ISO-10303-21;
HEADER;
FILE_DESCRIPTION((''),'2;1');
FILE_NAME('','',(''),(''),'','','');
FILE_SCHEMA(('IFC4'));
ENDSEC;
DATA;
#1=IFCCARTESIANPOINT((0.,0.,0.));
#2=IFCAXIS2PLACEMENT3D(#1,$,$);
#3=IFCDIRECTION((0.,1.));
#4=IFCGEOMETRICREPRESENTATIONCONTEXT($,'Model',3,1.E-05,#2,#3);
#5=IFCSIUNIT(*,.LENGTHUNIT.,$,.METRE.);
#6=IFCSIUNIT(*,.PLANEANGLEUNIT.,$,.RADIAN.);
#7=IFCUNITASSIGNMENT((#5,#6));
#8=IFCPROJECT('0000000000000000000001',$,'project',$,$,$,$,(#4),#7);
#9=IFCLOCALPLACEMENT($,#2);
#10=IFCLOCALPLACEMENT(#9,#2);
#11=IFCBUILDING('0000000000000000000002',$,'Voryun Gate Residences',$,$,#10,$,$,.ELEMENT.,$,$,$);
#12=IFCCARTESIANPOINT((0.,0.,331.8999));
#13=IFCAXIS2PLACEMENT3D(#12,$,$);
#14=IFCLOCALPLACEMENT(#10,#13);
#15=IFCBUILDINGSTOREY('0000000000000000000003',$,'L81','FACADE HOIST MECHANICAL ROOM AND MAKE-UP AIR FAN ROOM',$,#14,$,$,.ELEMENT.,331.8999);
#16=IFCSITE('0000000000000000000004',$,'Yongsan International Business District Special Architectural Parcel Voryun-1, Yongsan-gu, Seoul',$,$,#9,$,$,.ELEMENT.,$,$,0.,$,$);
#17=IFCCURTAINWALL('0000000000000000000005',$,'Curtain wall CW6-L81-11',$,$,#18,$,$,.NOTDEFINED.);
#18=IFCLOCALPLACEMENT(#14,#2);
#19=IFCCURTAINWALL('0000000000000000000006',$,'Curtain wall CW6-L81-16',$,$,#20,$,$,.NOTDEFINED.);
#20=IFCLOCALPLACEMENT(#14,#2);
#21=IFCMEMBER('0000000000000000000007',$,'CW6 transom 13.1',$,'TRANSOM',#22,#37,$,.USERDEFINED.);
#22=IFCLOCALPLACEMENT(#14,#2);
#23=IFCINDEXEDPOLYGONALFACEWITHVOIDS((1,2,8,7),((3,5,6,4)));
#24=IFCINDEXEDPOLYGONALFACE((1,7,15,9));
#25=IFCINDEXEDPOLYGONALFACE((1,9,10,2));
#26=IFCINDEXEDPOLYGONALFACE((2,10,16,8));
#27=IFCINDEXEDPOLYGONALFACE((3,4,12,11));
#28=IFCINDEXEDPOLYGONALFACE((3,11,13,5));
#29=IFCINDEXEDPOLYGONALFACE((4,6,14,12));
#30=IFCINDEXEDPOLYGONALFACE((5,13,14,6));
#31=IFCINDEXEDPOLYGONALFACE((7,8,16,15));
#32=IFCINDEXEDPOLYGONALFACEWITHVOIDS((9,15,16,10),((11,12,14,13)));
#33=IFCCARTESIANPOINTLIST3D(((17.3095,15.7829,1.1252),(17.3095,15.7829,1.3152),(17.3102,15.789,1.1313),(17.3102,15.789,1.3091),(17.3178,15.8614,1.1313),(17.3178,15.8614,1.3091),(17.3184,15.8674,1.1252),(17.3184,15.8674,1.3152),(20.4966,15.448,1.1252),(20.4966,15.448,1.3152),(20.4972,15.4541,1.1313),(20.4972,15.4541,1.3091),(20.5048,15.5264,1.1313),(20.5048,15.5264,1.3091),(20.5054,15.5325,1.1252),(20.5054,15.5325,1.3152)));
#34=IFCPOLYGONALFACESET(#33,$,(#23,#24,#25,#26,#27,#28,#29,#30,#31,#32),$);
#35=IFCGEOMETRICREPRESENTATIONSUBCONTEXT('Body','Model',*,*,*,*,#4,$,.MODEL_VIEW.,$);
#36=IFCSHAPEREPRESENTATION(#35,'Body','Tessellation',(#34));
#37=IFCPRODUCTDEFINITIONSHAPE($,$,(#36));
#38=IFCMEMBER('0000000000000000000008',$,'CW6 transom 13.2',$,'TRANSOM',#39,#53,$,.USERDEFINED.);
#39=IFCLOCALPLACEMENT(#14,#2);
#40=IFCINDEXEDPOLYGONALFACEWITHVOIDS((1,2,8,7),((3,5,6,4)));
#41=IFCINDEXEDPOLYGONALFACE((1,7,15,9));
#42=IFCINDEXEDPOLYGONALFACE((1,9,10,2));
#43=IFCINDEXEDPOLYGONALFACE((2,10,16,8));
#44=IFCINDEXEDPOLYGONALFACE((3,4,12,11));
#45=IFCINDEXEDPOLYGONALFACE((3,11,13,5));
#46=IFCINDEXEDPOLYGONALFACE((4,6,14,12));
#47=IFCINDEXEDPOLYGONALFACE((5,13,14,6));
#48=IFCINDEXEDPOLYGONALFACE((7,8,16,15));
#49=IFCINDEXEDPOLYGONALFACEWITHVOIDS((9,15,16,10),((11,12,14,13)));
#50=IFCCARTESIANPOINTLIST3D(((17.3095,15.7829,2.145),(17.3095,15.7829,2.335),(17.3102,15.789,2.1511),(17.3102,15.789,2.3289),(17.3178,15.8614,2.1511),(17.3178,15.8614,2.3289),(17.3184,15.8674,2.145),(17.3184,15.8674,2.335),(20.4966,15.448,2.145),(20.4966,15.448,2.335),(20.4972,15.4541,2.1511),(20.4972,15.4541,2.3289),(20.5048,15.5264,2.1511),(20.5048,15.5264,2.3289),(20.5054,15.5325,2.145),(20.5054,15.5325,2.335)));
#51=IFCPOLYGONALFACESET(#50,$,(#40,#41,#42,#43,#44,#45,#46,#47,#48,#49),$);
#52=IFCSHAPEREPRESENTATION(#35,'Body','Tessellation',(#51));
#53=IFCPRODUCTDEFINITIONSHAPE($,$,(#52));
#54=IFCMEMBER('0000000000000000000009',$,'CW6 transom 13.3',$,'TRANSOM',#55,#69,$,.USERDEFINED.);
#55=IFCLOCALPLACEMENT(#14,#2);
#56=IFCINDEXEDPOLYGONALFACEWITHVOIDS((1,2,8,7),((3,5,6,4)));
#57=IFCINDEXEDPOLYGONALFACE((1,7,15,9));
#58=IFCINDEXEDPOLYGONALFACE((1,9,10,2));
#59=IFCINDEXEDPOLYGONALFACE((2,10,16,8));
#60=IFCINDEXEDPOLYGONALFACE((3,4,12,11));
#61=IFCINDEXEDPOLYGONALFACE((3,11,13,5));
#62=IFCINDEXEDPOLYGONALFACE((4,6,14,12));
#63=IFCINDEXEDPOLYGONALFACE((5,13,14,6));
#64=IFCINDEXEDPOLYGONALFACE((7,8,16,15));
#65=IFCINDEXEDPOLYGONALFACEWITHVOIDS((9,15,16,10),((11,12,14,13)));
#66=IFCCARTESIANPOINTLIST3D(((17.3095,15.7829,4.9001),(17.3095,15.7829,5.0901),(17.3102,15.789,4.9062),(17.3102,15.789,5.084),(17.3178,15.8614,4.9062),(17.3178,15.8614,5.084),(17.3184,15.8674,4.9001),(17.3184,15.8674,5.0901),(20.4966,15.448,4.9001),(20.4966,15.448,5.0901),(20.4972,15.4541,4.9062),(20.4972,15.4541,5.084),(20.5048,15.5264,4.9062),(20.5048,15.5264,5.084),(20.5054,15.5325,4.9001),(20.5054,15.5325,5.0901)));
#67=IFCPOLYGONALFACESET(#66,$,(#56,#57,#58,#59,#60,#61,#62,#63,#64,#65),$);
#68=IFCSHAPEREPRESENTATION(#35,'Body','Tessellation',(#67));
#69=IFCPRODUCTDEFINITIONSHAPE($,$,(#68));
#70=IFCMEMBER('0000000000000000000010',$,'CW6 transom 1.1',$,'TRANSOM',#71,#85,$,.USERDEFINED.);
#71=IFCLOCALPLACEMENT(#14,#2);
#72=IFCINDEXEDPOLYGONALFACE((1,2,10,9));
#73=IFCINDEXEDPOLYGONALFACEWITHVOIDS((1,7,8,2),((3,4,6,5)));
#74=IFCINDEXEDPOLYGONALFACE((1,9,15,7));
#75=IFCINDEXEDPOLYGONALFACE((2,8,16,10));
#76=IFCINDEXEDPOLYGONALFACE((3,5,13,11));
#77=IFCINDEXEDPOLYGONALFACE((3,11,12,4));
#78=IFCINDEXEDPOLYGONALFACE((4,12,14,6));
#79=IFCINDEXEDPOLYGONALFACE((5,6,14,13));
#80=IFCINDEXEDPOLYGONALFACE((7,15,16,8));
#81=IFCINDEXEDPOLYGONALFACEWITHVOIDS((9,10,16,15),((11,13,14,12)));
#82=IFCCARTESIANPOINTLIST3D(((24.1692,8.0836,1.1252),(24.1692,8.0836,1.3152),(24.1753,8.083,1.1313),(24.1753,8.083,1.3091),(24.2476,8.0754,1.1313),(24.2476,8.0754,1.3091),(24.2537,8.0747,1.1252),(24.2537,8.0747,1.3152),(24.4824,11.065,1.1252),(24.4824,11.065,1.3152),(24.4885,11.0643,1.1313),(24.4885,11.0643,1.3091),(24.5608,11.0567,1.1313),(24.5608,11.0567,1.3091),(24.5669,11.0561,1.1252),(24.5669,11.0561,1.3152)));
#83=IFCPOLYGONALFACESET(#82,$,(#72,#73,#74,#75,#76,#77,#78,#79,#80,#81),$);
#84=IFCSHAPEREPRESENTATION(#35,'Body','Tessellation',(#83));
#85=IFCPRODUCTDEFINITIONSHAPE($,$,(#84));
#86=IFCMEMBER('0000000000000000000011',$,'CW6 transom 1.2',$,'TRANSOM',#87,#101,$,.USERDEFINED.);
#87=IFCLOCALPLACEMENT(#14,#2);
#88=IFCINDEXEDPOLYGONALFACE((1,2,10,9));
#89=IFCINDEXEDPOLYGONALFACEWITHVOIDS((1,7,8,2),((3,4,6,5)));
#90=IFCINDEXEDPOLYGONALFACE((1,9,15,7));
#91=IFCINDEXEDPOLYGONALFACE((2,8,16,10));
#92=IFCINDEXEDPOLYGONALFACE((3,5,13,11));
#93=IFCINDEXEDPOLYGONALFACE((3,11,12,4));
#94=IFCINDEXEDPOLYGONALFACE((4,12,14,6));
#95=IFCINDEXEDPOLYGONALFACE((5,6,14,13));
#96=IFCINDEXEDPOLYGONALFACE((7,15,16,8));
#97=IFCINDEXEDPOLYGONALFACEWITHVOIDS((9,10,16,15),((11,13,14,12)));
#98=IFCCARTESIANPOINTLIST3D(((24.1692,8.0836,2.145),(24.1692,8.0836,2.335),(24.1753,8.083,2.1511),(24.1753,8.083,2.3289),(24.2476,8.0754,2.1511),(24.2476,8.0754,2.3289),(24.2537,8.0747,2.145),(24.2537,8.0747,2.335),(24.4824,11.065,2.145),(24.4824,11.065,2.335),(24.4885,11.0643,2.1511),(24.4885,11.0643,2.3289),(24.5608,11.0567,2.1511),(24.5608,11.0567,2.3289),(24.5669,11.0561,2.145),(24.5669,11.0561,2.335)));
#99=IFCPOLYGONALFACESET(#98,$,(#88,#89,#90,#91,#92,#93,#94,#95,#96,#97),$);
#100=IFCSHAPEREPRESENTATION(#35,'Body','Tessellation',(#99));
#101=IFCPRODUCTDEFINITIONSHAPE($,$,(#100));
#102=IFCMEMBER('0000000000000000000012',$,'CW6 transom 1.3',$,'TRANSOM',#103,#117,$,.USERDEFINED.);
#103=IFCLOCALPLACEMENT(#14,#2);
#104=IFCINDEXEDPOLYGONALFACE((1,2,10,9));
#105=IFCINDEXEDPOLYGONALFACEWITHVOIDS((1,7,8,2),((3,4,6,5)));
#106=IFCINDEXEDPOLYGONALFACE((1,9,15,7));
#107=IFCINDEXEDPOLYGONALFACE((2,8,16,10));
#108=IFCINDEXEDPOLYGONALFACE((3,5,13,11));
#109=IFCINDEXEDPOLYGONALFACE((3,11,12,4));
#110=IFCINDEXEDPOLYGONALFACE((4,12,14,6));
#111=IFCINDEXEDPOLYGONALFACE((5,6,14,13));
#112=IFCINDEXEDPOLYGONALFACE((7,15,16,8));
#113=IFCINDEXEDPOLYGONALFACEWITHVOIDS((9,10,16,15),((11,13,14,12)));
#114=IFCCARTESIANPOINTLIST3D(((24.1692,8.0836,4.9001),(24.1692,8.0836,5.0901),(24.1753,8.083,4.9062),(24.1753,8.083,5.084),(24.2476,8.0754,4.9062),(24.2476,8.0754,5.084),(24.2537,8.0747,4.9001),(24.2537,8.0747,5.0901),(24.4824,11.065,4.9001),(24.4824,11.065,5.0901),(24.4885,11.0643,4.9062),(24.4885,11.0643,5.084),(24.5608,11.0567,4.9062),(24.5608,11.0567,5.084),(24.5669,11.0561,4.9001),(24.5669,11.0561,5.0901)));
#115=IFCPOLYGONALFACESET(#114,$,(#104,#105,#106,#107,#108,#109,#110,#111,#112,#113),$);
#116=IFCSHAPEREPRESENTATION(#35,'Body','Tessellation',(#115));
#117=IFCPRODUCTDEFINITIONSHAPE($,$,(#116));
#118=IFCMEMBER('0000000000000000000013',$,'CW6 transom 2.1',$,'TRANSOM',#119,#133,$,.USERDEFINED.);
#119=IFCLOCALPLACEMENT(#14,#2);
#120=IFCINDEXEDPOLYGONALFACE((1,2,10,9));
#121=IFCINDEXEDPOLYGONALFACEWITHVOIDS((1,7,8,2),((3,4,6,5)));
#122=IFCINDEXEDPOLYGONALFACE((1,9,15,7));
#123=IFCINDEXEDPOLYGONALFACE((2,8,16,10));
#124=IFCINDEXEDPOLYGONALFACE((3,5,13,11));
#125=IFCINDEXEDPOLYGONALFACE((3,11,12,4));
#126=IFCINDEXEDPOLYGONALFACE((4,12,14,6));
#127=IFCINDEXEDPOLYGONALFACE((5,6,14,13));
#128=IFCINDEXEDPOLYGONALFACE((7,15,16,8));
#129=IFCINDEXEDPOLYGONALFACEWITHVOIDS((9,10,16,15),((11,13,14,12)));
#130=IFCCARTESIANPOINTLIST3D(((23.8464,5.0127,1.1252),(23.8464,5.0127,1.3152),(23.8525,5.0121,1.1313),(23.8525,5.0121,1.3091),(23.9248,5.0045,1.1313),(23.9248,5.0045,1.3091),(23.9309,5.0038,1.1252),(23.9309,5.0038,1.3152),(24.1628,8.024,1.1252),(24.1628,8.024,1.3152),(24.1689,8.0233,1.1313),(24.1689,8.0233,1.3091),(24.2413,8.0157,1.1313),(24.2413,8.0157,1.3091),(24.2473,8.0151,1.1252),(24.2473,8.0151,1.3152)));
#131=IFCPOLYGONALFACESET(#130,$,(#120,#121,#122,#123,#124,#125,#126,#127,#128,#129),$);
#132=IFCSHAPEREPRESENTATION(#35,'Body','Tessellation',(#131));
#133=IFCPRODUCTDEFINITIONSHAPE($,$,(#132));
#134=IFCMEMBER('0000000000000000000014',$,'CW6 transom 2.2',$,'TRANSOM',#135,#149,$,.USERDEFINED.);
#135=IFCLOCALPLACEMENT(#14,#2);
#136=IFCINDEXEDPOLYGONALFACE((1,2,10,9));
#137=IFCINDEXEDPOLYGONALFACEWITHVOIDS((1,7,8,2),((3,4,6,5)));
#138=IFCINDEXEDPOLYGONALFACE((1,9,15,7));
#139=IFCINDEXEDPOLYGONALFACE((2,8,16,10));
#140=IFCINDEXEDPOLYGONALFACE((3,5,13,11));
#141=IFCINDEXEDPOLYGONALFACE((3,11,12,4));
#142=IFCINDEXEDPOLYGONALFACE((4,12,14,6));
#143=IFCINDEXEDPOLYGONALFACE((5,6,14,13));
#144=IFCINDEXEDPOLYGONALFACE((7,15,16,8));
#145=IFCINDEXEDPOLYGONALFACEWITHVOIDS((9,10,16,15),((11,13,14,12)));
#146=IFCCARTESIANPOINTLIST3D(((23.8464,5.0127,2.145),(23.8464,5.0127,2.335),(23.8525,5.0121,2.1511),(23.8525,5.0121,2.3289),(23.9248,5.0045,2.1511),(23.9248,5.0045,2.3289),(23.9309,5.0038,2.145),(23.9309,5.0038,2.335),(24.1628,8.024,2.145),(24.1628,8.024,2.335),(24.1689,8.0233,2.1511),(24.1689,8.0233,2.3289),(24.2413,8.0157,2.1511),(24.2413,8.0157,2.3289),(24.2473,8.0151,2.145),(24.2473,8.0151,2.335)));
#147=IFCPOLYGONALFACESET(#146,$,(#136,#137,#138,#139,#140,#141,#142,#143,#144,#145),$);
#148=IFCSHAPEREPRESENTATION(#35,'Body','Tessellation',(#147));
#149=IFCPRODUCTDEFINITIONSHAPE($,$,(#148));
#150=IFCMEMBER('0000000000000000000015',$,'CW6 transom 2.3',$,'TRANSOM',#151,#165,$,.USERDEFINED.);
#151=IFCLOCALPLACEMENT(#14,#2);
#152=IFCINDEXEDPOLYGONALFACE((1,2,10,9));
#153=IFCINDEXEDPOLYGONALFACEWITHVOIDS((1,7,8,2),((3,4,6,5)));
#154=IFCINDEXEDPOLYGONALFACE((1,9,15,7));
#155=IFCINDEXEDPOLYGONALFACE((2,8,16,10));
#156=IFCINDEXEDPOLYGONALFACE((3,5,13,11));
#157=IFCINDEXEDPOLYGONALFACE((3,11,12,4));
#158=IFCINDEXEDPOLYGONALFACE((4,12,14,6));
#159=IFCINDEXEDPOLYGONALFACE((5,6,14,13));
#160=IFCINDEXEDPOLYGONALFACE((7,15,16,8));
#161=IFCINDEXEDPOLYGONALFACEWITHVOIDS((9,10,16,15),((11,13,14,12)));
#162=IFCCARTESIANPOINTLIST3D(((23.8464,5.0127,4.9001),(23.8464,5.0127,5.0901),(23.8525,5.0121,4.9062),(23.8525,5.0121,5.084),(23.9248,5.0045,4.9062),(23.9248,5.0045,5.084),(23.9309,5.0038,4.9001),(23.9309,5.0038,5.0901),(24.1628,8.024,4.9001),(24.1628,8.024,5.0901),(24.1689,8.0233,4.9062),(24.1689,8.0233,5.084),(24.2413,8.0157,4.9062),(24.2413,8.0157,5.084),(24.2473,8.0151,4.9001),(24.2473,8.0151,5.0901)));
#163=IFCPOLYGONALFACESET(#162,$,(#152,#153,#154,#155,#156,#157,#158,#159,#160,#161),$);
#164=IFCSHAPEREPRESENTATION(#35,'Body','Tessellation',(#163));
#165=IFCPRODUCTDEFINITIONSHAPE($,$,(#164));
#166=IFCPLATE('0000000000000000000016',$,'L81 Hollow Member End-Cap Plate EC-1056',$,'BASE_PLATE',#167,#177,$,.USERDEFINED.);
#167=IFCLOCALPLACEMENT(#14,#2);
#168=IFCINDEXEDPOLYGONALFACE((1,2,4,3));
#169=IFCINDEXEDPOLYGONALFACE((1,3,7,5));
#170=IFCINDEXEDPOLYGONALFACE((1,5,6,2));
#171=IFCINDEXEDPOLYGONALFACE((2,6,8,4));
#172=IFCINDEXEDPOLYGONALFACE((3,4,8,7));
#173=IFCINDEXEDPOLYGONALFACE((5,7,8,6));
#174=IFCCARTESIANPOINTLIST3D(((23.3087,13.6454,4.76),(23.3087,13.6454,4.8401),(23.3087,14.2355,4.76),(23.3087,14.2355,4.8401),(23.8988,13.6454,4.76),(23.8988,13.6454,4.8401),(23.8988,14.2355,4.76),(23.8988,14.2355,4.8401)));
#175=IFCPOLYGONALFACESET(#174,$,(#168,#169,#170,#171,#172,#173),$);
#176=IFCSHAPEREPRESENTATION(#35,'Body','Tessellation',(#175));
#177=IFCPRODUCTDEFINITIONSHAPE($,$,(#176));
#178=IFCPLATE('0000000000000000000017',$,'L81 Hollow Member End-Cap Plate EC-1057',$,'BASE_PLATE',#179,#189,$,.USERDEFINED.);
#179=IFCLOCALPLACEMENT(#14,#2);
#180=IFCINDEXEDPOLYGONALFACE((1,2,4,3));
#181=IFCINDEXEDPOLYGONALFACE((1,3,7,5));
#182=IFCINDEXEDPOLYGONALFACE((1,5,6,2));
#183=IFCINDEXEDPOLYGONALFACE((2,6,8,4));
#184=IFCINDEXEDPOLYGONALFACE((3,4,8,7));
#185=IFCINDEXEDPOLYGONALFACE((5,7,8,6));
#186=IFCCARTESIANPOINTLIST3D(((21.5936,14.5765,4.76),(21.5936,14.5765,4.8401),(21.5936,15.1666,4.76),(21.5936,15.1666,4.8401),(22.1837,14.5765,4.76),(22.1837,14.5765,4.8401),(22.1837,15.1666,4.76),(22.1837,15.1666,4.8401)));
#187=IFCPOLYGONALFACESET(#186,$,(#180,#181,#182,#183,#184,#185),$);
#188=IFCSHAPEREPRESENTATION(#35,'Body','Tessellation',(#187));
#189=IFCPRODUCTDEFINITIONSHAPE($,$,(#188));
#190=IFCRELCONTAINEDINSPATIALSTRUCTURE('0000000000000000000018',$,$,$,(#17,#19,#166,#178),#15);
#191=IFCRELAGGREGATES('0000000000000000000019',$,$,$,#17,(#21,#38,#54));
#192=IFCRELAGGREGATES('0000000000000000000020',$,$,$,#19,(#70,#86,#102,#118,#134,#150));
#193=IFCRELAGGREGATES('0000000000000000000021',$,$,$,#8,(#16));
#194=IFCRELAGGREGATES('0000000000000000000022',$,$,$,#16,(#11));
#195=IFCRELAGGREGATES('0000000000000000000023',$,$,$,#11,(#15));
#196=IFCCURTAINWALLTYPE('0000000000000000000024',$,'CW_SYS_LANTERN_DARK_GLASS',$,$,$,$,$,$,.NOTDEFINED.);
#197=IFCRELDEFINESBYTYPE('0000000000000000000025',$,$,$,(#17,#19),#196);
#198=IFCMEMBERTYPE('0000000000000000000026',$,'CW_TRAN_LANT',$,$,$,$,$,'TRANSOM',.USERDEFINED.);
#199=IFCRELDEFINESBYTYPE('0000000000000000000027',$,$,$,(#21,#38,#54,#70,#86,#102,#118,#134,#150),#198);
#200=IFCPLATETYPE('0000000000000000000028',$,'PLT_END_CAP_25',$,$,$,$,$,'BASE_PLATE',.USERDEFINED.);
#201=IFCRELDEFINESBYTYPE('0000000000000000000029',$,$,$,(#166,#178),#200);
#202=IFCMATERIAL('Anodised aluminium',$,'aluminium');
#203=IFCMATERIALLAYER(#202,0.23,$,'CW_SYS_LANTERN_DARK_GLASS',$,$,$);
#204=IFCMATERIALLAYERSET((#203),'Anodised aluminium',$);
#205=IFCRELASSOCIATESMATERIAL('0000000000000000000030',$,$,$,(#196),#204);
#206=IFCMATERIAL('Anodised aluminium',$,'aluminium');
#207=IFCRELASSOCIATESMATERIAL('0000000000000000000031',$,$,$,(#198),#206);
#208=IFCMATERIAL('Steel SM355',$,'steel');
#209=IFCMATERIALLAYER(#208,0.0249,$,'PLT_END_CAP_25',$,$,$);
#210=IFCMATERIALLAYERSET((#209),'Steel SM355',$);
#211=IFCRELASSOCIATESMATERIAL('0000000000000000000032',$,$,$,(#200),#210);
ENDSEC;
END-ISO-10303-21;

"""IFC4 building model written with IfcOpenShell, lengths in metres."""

from ifc_helpers import new_model, si_unit, direction, frame, origin, origin_2d, place, context, subcontext, project, spatial, rectangle, hollow_rectangle, extrude, material, layer, layer_set, material_profile, profile_set, type_object, element, aggregate, save


model = new_model("IFC4")

# Units and contexts
model_context = context("Model", 3, precision=1e-05, world=origin(), true_north=direction((0.0, 1.0)))
body_context = subcontext(model_context, "Body", "Model", "MODEL_VIEW")
ifc_project = project(units=[si_unit("LENGTHUNIT", "METRE"), si_unit("PLANEANGLEUNIT", "RADIAN")], contexts=[model_context])

# Site, building, storey
site_placement = place(None, origin())
site = spatial("IfcSite", under=ifc_project, at=site_placement, Name="Yongsan International Business District Special Architectural Parcel Voryun-1, Yongsan-gu, Seoul", CompositionType="ELEMENT", RefElevation=0.0)
building_placement = place(site_placement, origin())
building = spatial("IfcBuilding", under=site, at=building_placement, Name="Voryun Gate Residences", CompositionType="ELEMENT")
storey_placement = place(building_placement, frame((0.0, 0.0, 331.8999)))
storey = spatial("IfcBuildingStorey", under=building, at=storey_placement, Name="L81", Description="FACADE HOIST MECHANICAL ROOM AND MAKE-UP AIR FAN ROOM", CompositionType="ELEMENT", Elevation=331.8999)

# Curtain walls
ifc_material_1 = material(Name="Anodised aluminium", Category="aluminium")
ifc_layer_1 = layer(ifc_material_1, 0.23, Name="CW_SYS_LANTERN_DARK_GLASS")
ifc_layer_set_1 = layer_set([ifc_layer_1], Name="Anodised aluminium")
curtain_wall_type = type_object("IfcCurtainWallType", Name="CW_SYS_LANTERN_DARK_GLASS", PredefinedType="NOTDEFINED", material=ifc_layer_set_1)
curtain_wall_1_placement = place(storey_placement, origin())
curtain_wall_1 = element("IfcCurtainWall", 1, at=curtain_wall_1_placement, inside=storey, type_object=curtain_wall_type, Name="Curtain wall CW6-L81-11", PredefinedType="NOTDEFINED")
curtain_wall_2_placement = place(storey_placement, origin())
curtain_wall_2 = element("IfcCurtainWall", 2, at=curtain_wall_2_placement, inside=storey, type_object=curtain_wall_type, Name="Curtain wall CW6-L81-16", PredefinedType="NOTDEFINED")

# Members
ifc_material_2 = material(Name="Anodised aluminium", Category="aluminium")
ifc_material_profile_1 = material_profile(ifc_material_2, hollow_rectangle(XDim=0.085, YDim=0.1899, WallThickness=0.0061, at=origin_2d()), Name="ALU-TRAN-190x85x6")
ifc_profile_set_1 = profile_set([ifc_material_profile_1], Name="Anodised aluminium")
member_type_1 = type_object("IfcMemberType", Name="CW_TRAN_LANT", ElementType="TRANSOM", PredefinedType="USERDEFINED", material=ifc_profile_set_1)
member_1_placement = place(storey_placement, frame((17.314, 15.8252, 1.2202), z_axis=(0.994522, -0.104526, 0.0), x_axis=(0.104526, 0.994522, 0.0)))
member_1 = element("IfcMember", 3, at=member_1_placement, type_object=member_type_1, Name="CW6 transom 13.1", ObjectType="TRANSOM", PredefinedType="USERDEFINED", context=body_context, shape_type="SweptSolid", body=[
    extrude(hollow_rectangle(XDim=0.085, YDim=0.1899, WallThickness=0.0061, at=origin_2d()), origin(), (0.0, 0.0, 1.0), 3.2046),
])
member_2_placement = place(storey_placement, frame((17.314, 15.8252, 2.24), z_axis=(0.994522, -0.104526, 0.0), x_axis=(0.104526, 0.994522, 0.0)))
member_2 = element("IfcMember", 4, at=member_2_placement, type_object=member_type_1, Name="CW6 transom 13.2", ObjectType="TRANSOM", PredefinedType="USERDEFINED", context=body_context, shape_type="SweptSolid", body=[
    extrude(hollow_rectangle(XDim=0.085, YDim=0.1899, WallThickness=0.0061, at=origin_2d()), origin(), (0.0, 0.0, 1.0), 3.2046),
])
member_3_placement = place(storey_placement, frame((17.314, 15.8252, 4.9951), z_axis=(0.994522, -0.104526, 0.0), x_axis=(0.104526, 0.994522, 0.0)))
member_3 = element("IfcMember", 5, at=member_3_placement, type_object=member_type_1, Name="CW6 transom 13.3", ObjectType="TRANSOM", PredefinedType="USERDEFINED", context=body_context, shape_type="SweptSolid", body=[
    extrude(hollow_rectangle(XDim=0.085, YDim=0.1899, WallThickness=0.0061, at=origin_2d()), origin(), (0.0, 0.0, 1.0), 3.2046),
])
member_4_placement = place(storey_placement, frame((24.5247, 11.0605, 1.2202), z_axis=(-0.104486, -0.994526, 0.0), x_axis=(0.994526, -0.104486, 0.0)))
member_4 = element("IfcMember", 6, at=member_4_placement, type_object=member_type_1, Name="CW6 transom 1.1", ObjectType="TRANSOM", PredefinedType="USERDEFINED", context=body_context, shape_type="SweptSolid", body=[
    extrude(hollow_rectangle(XDim=0.085, YDim=0.1899, WallThickness=0.0061, at=origin_2d()), origin(), (0.0, 0.0, 1.0), 2.9978),
])
member_5_placement = place(storey_placement, frame((24.5247, 11.0605, 2.24), z_axis=(-0.104486, -0.994526, 0.0), x_axis=(0.994526, -0.104486, 0.0)))
member_5 = element("IfcMember", 7, at=member_5_placement, type_object=member_type_1, Name="CW6 transom 1.2", ObjectType="TRANSOM", PredefinedType="USERDEFINED", context=body_context, shape_type="SweptSolid", body=[
    extrude(hollow_rectangle(XDim=0.085, YDim=0.1899, WallThickness=0.0061, at=origin_2d()), origin(), (0.0, 0.0, 1.0), 2.9978),
])
member_6_placement = place(storey_placement, frame((24.5247, 11.0605, 4.9951), z_axis=(-0.104486, -0.994526, 0.0), x_axis=(0.994526, -0.104486, 0.0)))
member_6 = element("IfcMember", 8, at=member_6_placement, type_object=member_type_1, Name="CW6 transom 1.3", ObjectType="TRANSOM", PredefinedType="USERDEFINED", context=body_context, shape_type="SweptSolid", body=[
    extrude(hollow_rectangle(XDim=0.085, YDim=0.1899, WallThickness=0.0061, at=origin_2d()), origin(), (0.0, 0.0, 1.0), 2.9978),
])
member_7_placement = place(storey_placement, frame((24.2051, 8.0195, 1.2202), z_axis=(-0.1045, -0.994525, 0.0), x_axis=(0.994525, -0.1045, 0.0)))
member_7 = element("IfcMember", 9, at=member_7_placement, type_object=member_type_1, Name="CW6 transom 2.1", ObjectType="TRANSOM", PredefinedType="USERDEFINED", context=body_context, shape_type="SweptSolid", body=[
    extrude(hollow_rectangle(XDim=0.085, YDim=0.1899, WallThickness=0.0061, at=origin_2d()), origin(), (0.0, 0.0, 1.0), 3.0278),
])
member_8_placement = place(storey_placement, frame((24.2051, 8.0195, 2.24), z_axis=(-0.1045, -0.994525, 0.0), x_axis=(0.994525, -0.1045, 0.0)))
member_8 = element("IfcMember", 10, at=member_8_placement, type_object=member_type_1, Name="CW6 transom 2.2", ObjectType="TRANSOM", PredefinedType="USERDEFINED", context=body_context, shape_type="SweptSolid", body=[
    extrude(hollow_rectangle(XDim=0.085, YDim=0.1899, WallThickness=0.0061, at=origin_2d()), origin(), (0.0, 0.0, 1.0), 3.0278),
])
member_9_placement = place(storey_placement, frame((24.2051, 8.0195, 4.9951), z_axis=(-0.1045, -0.994525, 0.0), x_axis=(0.994525, -0.1045, 0.0)))
member_9 = element("IfcMember", 11, at=member_9_placement, type_object=member_type_1, Name="CW6 transom 2.3", ObjectType="TRANSOM", PredefinedType="USERDEFINED", context=body_context, shape_type="SweptSolid", body=[
    extrude(hollow_rectangle(XDim=0.085, YDim=0.1899, WallThickness=0.0061, at=origin_2d()), origin(), (0.0, 0.0, 1.0), 3.0278),
])

# Plates
ifc_material_3 = material(Name="Steel SM355", Category="steel")
ifc_layer_2 = layer(ifc_material_3, 0.0249, Name="PLT_END_CAP_25")
ifc_layer_set_2 = layer_set([ifc_layer_2], Name="Steel SM355")
plate_type_1 = type_object("IfcPlateType", Name="PLT_END_CAP_25", ElementType="BASE_PLATE", PredefinedType="USERDEFINED", material=ifc_layer_set_2)
for number, where, z_axis, x_axis, name in (
    (12, (23.6038, 13.9404, 4.76), (0.0, 0.0, 1.0), (1.0, 0.0, 0.0), "L81 Hollow Member End-Cap Plate EC-1056"),
    (13, (21.8887, 14.8716, 4.76), (0.0, 0.0, 1.0), (1.0, 0.0, 0.0), "L81 Hollow Member End-Cap Plate EC-1057"),
):
    element("IfcPlate", number, at=place(storey_placement, frame(where, z_axis=z_axis, x_axis=x_axis)), inside=storey, type_object=plate_type_1, Name=name, ObjectType="BASE_PLATE", PredefinedType="USERDEFINED", context=body_context, shape_type="SweptSolid", body=[
        extrude(rectangle(XDim=0.5901, YDim=0.5901, at=origin_2d()), origin(), (0.0, 0.0, 1.0), 0.0801),
    ])

aggregate(curtain_wall_1, [member_1, member_2, member_3])
aggregate(curtain_wall_2, [member_4, member_5, member_6, member_7, member_8, member_9])

save(model, "model.ifc")
